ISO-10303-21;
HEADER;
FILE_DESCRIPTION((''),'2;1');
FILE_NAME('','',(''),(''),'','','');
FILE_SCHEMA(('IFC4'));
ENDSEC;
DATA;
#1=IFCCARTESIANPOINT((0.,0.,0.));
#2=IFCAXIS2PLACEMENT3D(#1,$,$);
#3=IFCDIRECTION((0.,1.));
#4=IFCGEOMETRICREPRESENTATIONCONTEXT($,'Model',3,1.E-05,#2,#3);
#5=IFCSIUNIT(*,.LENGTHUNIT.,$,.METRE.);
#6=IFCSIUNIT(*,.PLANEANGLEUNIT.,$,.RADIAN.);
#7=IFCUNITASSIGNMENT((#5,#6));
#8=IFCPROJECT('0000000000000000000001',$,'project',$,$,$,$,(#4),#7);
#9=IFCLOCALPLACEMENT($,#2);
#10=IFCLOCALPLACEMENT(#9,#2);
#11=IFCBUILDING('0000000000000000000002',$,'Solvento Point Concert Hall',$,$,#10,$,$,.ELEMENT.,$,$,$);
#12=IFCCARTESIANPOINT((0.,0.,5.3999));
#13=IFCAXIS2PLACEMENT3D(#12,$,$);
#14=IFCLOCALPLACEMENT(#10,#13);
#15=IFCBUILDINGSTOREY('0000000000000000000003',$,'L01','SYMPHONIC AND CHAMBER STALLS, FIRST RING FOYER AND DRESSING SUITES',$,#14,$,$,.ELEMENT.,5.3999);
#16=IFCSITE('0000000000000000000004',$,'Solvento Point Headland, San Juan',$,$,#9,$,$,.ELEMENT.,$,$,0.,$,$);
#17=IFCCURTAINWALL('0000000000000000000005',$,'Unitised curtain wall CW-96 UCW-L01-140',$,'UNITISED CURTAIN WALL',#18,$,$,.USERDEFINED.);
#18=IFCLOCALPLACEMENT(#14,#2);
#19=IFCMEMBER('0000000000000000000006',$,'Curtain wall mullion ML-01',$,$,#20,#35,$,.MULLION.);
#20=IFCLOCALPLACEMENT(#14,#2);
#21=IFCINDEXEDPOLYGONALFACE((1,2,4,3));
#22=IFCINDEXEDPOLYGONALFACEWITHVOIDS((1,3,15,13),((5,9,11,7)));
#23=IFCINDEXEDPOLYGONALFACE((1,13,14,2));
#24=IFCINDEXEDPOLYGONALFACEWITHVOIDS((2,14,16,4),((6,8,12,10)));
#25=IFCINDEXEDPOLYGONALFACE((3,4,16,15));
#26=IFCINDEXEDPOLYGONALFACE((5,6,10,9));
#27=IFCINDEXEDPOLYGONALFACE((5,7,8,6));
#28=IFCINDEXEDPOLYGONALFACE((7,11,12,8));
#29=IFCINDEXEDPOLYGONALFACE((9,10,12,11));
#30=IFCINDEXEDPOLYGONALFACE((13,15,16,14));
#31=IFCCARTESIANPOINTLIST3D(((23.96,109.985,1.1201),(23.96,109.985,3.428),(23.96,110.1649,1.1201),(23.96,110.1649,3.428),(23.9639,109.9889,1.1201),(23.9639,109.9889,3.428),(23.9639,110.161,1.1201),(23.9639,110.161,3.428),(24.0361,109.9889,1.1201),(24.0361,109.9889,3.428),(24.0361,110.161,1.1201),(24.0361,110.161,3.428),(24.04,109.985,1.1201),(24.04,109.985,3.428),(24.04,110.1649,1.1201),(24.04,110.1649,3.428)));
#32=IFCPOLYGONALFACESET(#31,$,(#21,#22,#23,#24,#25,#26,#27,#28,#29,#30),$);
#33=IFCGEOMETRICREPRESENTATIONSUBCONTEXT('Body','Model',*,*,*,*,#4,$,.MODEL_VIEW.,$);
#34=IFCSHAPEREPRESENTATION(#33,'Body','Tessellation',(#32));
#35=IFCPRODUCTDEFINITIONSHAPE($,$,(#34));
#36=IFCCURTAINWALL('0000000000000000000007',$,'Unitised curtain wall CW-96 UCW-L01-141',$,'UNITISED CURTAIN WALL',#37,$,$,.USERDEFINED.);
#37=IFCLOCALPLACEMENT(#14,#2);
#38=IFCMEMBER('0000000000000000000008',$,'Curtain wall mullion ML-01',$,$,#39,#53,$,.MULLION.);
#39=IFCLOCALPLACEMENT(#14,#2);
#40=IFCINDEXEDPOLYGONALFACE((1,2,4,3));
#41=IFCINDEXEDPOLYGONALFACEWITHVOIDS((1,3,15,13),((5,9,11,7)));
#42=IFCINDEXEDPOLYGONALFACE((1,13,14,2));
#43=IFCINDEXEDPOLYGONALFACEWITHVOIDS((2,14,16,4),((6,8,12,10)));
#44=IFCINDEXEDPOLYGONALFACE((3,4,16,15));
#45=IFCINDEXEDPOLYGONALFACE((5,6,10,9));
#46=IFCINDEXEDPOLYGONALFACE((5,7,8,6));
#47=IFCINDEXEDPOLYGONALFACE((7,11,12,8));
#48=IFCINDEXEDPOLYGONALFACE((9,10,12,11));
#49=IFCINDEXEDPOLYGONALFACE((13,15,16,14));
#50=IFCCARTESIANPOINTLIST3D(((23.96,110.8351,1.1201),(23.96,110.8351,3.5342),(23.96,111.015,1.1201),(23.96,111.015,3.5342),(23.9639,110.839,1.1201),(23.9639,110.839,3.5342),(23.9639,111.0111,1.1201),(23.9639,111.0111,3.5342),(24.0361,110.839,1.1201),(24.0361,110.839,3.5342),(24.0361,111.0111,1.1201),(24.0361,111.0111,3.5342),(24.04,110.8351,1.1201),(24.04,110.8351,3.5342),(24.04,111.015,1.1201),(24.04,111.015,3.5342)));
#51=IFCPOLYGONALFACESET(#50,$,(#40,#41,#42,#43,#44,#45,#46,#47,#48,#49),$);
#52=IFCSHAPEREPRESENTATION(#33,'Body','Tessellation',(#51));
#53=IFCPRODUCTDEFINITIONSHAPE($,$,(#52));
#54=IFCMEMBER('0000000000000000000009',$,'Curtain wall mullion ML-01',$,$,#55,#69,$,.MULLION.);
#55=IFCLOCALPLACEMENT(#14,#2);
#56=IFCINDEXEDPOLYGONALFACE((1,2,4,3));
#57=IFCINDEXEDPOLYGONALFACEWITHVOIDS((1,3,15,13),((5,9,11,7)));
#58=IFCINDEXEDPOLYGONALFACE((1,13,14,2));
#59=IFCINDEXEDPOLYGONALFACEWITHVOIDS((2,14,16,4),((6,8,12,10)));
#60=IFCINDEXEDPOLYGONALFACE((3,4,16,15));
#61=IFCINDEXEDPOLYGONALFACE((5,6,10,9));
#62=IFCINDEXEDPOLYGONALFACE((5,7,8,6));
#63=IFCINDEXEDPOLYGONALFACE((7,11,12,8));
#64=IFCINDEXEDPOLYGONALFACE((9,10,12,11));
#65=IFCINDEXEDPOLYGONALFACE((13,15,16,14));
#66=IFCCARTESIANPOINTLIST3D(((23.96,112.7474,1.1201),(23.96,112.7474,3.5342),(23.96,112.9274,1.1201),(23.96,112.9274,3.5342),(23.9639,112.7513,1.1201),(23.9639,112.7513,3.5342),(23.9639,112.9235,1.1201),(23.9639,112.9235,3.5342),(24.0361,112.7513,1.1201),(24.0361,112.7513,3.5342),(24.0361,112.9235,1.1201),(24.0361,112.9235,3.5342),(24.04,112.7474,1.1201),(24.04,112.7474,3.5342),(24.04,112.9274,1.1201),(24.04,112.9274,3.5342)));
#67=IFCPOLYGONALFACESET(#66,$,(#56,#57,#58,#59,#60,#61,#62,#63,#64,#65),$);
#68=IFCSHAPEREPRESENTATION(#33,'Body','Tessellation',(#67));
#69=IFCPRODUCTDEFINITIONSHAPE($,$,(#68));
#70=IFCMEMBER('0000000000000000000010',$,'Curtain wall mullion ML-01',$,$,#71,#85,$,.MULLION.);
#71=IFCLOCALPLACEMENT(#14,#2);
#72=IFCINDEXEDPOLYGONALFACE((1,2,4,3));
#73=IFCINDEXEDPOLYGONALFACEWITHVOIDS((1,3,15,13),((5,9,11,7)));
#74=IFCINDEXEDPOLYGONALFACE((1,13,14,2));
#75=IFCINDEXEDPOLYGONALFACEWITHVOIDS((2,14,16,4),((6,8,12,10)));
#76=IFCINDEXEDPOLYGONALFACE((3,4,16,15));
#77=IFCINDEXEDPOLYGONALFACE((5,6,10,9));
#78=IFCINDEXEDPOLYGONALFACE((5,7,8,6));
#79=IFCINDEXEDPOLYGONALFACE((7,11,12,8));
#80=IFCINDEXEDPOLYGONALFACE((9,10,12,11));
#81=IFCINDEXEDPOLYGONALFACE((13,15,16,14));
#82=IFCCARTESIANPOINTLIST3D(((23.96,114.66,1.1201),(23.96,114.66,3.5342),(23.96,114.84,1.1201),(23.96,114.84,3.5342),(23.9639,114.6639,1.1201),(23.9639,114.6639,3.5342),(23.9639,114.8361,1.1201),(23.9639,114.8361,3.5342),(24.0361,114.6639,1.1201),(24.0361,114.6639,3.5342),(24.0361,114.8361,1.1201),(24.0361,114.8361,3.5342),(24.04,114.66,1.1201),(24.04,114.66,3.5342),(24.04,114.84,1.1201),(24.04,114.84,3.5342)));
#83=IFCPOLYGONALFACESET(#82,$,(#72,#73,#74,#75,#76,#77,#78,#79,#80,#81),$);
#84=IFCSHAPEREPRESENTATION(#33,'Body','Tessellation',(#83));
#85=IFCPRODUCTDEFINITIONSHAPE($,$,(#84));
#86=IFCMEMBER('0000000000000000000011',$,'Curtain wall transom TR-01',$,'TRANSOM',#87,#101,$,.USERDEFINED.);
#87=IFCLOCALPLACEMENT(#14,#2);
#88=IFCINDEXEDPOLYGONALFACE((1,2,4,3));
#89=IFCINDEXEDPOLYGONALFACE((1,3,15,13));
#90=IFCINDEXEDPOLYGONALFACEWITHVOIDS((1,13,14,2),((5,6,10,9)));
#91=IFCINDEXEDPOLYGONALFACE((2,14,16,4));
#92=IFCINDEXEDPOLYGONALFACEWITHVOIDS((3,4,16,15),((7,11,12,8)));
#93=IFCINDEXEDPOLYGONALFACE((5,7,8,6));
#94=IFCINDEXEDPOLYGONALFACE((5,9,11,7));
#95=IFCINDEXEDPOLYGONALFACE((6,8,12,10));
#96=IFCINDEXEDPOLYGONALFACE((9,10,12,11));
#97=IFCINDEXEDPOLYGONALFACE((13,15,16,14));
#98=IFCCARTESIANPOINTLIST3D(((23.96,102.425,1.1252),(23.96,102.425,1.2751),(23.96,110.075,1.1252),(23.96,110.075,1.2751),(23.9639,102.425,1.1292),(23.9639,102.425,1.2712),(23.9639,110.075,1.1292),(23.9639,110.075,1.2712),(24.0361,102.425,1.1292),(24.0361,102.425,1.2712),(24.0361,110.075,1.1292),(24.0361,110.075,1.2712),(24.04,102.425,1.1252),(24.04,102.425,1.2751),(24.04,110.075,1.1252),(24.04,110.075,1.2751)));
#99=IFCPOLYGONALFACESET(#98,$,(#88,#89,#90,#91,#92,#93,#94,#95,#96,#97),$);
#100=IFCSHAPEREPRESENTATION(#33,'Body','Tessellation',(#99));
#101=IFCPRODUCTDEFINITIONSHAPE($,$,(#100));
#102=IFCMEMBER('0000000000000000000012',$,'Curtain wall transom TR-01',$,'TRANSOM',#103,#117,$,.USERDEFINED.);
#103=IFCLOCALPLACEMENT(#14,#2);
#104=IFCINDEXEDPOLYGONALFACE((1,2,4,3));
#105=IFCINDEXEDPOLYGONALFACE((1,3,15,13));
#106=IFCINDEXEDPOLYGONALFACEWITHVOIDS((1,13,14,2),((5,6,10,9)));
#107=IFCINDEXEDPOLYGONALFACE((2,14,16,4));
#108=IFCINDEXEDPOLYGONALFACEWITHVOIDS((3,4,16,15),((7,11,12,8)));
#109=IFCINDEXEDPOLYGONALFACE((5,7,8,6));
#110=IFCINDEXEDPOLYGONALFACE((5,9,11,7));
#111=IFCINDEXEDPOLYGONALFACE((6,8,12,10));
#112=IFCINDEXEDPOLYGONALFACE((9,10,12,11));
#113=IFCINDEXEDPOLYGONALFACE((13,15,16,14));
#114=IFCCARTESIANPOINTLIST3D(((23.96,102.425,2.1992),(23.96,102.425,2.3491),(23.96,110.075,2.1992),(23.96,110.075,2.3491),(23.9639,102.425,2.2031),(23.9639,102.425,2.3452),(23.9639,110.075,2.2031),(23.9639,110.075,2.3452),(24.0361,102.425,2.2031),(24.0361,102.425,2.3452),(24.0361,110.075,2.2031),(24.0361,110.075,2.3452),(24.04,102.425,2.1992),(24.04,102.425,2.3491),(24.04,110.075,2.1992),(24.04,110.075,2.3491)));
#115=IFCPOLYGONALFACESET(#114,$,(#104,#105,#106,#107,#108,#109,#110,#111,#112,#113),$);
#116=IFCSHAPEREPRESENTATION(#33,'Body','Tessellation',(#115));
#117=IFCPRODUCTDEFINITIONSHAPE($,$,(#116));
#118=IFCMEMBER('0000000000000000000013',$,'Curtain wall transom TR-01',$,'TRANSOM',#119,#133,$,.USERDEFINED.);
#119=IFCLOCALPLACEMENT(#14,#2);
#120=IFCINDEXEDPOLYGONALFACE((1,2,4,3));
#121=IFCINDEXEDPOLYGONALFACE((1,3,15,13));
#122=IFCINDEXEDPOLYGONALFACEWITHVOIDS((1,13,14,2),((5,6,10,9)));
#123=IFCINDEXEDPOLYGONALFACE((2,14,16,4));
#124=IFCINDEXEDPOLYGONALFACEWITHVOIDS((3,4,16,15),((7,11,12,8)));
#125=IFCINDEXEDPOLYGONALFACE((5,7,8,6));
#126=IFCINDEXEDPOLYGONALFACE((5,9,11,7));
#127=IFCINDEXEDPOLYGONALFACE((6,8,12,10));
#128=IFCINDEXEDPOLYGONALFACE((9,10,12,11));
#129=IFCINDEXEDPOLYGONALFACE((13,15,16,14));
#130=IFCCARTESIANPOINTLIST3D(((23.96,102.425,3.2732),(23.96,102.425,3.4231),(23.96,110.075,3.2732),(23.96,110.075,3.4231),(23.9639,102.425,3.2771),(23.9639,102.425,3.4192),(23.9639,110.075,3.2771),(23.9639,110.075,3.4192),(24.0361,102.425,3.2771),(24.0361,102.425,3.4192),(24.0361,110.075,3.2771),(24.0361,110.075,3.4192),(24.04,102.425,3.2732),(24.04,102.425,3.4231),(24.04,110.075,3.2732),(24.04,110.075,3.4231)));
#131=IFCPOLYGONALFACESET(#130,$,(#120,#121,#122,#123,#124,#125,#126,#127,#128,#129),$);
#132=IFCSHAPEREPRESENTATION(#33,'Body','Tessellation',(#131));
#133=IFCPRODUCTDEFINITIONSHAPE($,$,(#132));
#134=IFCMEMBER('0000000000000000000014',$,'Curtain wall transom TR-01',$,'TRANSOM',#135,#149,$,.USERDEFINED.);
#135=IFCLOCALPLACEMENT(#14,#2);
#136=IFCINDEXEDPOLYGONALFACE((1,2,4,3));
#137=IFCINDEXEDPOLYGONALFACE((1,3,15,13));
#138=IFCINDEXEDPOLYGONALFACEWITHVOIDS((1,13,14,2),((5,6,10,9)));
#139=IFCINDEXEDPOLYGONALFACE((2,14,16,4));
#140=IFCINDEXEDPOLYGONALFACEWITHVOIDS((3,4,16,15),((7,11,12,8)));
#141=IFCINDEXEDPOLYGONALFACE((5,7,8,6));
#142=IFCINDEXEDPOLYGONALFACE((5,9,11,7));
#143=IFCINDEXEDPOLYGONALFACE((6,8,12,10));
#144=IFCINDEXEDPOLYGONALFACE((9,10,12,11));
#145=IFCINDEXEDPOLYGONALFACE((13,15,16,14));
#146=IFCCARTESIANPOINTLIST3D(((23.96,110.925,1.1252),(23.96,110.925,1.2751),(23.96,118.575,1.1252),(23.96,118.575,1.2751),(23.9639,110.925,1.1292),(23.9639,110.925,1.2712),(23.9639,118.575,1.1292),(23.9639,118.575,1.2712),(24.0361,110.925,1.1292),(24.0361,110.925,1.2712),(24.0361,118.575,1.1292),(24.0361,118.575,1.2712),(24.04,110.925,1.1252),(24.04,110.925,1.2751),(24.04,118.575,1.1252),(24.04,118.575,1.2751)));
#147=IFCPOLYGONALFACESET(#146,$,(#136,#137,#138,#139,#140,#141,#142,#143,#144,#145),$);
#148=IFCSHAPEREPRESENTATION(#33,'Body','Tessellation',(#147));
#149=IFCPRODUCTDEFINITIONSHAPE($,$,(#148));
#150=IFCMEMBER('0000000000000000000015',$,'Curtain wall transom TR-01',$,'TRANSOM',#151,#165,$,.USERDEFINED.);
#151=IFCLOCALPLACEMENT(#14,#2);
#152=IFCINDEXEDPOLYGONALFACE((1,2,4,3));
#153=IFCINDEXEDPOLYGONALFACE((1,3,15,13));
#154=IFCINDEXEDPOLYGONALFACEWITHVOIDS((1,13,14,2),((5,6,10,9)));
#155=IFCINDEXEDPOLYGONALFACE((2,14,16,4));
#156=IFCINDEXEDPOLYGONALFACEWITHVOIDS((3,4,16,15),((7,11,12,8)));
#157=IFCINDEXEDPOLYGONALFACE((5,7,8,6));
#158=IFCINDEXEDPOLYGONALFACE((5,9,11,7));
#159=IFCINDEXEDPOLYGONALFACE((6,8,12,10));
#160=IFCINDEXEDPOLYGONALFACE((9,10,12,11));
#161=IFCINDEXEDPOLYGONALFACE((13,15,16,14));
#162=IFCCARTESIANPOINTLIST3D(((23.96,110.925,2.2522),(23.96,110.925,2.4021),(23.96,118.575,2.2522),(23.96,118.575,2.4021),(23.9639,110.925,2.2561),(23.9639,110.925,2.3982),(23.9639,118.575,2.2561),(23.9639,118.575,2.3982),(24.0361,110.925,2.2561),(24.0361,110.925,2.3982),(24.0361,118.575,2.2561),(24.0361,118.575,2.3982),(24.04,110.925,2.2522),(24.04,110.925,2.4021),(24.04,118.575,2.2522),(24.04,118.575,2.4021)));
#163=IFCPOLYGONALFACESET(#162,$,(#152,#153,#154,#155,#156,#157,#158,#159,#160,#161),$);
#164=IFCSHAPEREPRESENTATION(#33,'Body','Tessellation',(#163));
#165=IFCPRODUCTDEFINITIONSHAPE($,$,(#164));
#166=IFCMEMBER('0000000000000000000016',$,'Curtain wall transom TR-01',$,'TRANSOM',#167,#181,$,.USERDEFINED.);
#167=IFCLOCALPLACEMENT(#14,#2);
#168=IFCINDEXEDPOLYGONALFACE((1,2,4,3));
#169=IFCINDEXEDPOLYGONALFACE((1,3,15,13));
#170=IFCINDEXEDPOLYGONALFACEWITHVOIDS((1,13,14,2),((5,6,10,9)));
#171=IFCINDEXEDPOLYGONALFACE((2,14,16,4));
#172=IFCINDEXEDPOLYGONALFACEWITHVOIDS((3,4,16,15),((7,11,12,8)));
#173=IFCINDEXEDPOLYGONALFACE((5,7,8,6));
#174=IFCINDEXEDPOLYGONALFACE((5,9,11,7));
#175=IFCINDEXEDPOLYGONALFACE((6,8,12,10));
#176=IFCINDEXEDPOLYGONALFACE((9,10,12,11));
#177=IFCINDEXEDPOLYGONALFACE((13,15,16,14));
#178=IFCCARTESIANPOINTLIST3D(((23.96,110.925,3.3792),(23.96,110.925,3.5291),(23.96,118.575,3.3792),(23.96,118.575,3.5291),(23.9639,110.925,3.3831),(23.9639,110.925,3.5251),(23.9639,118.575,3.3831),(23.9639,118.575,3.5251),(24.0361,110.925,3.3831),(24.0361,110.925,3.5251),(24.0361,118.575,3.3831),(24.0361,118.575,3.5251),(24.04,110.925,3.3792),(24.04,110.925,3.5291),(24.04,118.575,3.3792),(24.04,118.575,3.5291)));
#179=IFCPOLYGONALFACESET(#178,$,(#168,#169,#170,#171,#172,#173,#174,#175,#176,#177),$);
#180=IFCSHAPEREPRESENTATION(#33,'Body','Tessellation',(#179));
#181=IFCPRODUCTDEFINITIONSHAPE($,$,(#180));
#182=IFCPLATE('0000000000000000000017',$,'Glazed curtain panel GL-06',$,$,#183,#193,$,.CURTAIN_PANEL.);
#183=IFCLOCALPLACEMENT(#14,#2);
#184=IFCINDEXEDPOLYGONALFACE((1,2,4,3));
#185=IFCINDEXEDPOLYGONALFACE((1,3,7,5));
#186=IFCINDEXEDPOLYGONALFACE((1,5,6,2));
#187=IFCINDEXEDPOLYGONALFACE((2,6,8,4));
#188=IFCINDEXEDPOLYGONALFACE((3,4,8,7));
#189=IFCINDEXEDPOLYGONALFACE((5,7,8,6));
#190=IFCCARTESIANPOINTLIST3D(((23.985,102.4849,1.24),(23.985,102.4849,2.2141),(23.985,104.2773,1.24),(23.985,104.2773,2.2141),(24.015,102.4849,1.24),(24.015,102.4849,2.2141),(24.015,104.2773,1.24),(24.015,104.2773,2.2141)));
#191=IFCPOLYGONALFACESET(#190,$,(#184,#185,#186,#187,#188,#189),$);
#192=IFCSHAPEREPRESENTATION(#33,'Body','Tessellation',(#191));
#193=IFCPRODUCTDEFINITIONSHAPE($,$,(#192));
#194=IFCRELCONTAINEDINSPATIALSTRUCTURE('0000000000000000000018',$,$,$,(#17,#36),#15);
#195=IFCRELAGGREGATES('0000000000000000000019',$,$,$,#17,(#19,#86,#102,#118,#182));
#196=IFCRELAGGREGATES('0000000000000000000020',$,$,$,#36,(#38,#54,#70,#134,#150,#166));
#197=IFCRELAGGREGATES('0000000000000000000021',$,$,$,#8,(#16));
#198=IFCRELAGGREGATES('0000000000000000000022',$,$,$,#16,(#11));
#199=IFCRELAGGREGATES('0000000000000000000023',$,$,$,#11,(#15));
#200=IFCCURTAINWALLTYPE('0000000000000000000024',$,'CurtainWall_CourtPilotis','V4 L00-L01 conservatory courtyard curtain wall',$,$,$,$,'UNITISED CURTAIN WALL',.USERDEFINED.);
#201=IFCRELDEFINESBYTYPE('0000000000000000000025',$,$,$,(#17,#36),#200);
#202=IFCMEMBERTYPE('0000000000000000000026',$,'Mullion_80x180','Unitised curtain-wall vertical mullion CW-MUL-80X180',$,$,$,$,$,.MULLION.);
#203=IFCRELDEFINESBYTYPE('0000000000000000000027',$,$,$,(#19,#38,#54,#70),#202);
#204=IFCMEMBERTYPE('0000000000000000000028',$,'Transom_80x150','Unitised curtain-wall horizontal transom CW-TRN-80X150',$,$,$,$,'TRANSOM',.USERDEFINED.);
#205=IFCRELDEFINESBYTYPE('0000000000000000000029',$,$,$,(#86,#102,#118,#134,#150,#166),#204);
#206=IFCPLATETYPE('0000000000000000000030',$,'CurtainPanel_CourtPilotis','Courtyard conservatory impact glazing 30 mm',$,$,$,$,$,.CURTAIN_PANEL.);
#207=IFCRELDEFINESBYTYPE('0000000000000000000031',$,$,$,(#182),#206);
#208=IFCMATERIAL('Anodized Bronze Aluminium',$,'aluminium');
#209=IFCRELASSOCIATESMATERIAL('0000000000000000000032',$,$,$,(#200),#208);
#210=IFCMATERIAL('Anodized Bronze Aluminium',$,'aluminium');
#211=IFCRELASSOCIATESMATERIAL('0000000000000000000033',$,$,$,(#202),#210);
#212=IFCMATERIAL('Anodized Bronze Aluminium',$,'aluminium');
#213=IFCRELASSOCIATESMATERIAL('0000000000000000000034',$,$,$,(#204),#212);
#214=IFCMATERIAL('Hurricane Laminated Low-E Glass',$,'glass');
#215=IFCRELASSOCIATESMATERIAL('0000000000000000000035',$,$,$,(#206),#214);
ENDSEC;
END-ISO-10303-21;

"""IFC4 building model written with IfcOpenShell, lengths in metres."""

from ifc_helpers import new_model, si_unit, direction, frame, origin, origin_2d, place, context, subcontext, project, spatial, rectangle, hollow_rectangle, extrude, material, material_profile, profile_set, type_object, element, aggregate, save


model = new_model("IFC4")

# Units and contexts
model_context = context("Model", 3, precision=1e-05, world=origin(), true_north=direction((0.0, 1.0)))
body_context = subcontext(model_context, "Body", "Model", "MODEL_VIEW")
ifc_project = project(units=[si_unit("LENGTHUNIT", "METRE"), si_unit("PLANEANGLEUNIT", "RADIAN")], contexts=[model_context])

# Site, building, storey
site_placement = place(None, origin())
site = spatial("IfcSite", under=ifc_project, at=site_placement, Name="Solvento Point Headland, San Juan", CompositionType="ELEMENT", RefElevation=0.0)
building_placement = place(site_placement, origin())
building = spatial("IfcBuilding", under=site, at=building_placement, Name="Solvento Point Concert Hall", CompositionType="ELEMENT")
storey_placement = place(building_placement, frame((0.0, 0.0, 5.3999)))
storey = spatial("IfcBuildingStorey", under=building, at=storey_placement, Name="L01", Description="SYMPHONIC AND CHAMBER STALLS, FIRST RING FOYER AND DRESSING SUITES", CompositionType="ELEMENT", Elevation=5.3999)

# Curtain walls, members
ifc_material_1 = material(Name="Anodized Bronze Aluminium", Category="aluminium")
curtain_wall_type = type_object("IfcCurtainWallType", Name="CurtainWall_CourtPilotis", Description="V4 L00-L01 conservatory courtyard curtain wall", ElementType="UNITISED CURTAIN WALL", PredefinedType="USERDEFINED", material=ifc_material_1)
curtain_wall_1_placement = place(storey_placement, origin())
curtain_wall_1 = element("IfcCurtainWall", 1, at=curtain_wall_1_placement, inside=storey, type_object=curtain_wall_type, Name="Unitised curtain wall CW-96 UCW-L01-140", ObjectType="UNITISED CURTAIN WALL", PredefinedType="USERDEFINED")
ifc_material_2 = material(Name="Anodized Bronze Aluminium", Category="aluminium")
ifc_material_profile_1 = material_profile(ifc_material_2, hollow_rectangle(XDim=0.0801, YDim=0.1799, WallThickness=0.0039, at=origin_2d()), Name="CW-MUL-80X180")
ifc_profile_set_1 = profile_set([ifc_material_profile_1], Name="Anodized Bronze Aluminium")
member_type_1 = type_object("IfcMemberType", Name="Mullion_80x180", Description="Unitised curtain-wall vertical mullion CW-MUL-80X180", PredefinedType="MULLION", material=ifc_profile_set_1)
member_1_placement = place(storey_placement, frame((24.0, 110.075, 1.1201), z_axis=(0.0, 0.0, 1.0), x_axis=(1.0, 0.0, 0.0)))
member_1 = element("IfcMember", 2, at=member_1_placement, type_object=member_type_1, Name="Curtain wall mullion ML-01", PredefinedType="MULLION", context=body_context, shape_type="SweptSolid", body=[
    extrude(hollow_rectangle(XDim=0.0801, YDim=0.1799, WallThickness=0.0039, at=origin_2d()), origin(), (0.0, 0.0, 1.0), 2.3079),
])
curtain_wall_2_placement = place(storey_placement, origin())
curtain_wall_2 = element("IfcCurtainWall", 3, at=curtain_wall_2_placement, inside=storey, type_object=curtain_wall_type, Name="Unitised curtain wall CW-96 UCW-L01-141", ObjectType="UNITISED CURTAIN WALL", PredefinedType="USERDEFINED")
member_2_placement = place(storey_placement, frame((24.0, 110.925, 1.1201), z_axis=(0.0, 0.0, 1.0), x_axis=(1.0, 0.0, 0.0)))
member_2 = element("IfcMember", 4, at=member_2_placement, type_object=member_type_1, Name="Curtain wall mullion ML-01", PredefinedType="MULLION", context=body_context, shape_type="SweptSolid", body=[
    extrude(hollow_rectangle(XDim=0.0801, YDim=0.1799, WallThickness=0.0039, at=origin_2d()), origin(), (0.0, 0.0, 1.0), 2.4141),
])
member_3_placement = place(storey_placement, frame((24.0, 112.8374, 1.1201), z_axis=(0.0, 0.0, 1.0), x_axis=(1.0, 0.0, 0.0)))
member_3 = element("IfcMember", 5, at=member_3_placement, type_object=member_type_1, Name="Curtain wall mullion ML-01", PredefinedType="MULLION", context=body_context, shape_type="SweptSolid", body=[
    extrude(hollow_rectangle(XDim=0.0801, YDim=0.1799, WallThickness=0.0039, at=origin_2d()), origin(), (0.0, 0.0, 1.0), 2.4141),
])
member_4_placement = place(storey_placement, frame((24.0, 114.75, 1.1201), z_axis=(0.0, 0.0, 1.0), x_axis=(1.0, 0.0, 0.0)))
member_4 = element("IfcMember", 6, at=member_4_placement, type_object=member_type_1, Name="Curtain wall mullion ML-01", PredefinedType="MULLION", context=body_context, shape_type="SweptSolid", body=[
    extrude(hollow_rectangle(XDim=0.0801, YDim=0.1799, WallThickness=0.0039, at=origin_2d()), origin(), (0.0, 0.0, 1.0), 2.4141),
])

# Members
ifc_material_3 = material(Name="Anodized Bronze Aluminium", Category="aluminium")
ifc_material_profile_2 = material_profile(ifc_material_3, hollow_rectangle(XDim=0.0801, YDim=0.1499, WallThickness=0.0039, at=origin_2d()), Name="CW-TRN-80X150")
ifc_profile_set_2 = profile_set([ifc_material_profile_2], Name="Anodized Bronze Aluminium")
member_type_2 = type_object("IfcMemberType", Name="Transom_80x150", Description="Unitised curtain-wall horizontal transom CW-TRN-80X150", ElementType="TRANSOM", PredefinedType="USERDEFINED", material=ifc_profile_set_2)
member_5_placement = place(storey_placement, frame((24.0, 102.425, 1.2002), z_axis=(0.0, 1.0, 0.0), x_axis=(-1.0, 0.0, 0.0)))
member_5 = element("IfcMember", 7, at=member_5_placement, type_object=member_type_2, Name="Curtain wall transom TR-01", ObjectType="TRANSOM", PredefinedType="USERDEFINED", context=body_context, shape_type="SweptSolid", body=[
    extrude(hollow_rectangle(XDim=0.0801, YDim=0.1499, WallThickness=0.0039, at=origin_2d()), origin(), (0.0, 0.0, 1.0), 7.6499),
])
member_6_placement = place(storey_placement, frame((24.0, 102.425, 2.2742), z_axis=(0.0, 1.0, 0.0), x_axis=(-1.0, 0.0, 0.0)))
member_6 = element("IfcMember", 8, at=member_6_placement, type_object=member_type_2, Name="Curtain wall transom TR-01", ObjectType="TRANSOM", PredefinedType="USERDEFINED", context=body_context, shape_type="SweptSolid", body=[
    extrude(hollow_rectangle(XDim=0.0801, YDim=0.1499, WallThickness=0.0039, at=origin_2d()), origin(), (0.0, 0.0, 1.0), 7.6499),
])
member_7_placement = place(storey_placement, frame((24.0, 102.425, 3.3481), z_axis=(0.0, 1.0, 0.0), x_axis=(-1.0, 0.0, 0.0)))
member_7 = element("IfcMember", 9, at=member_7_placement, type_object=member_type_2, Name="Curtain wall transom TR-01", ObjectType="TRANSOM", PredefinedType="USERDEFINED", context=body_context, shape_type="SweptSolid", body=[
    extrude(hollow_rectangle(XDim=0.0801, YDim=0.1499, WallThickness=0.0039, at=origin_2d()), origin(), (0.0, 0.0, 1.0), 7.6499),
])
member_8_placement = place(storey_placement, frame((24.0, 110.925, 1.2002), z_axis=(0.0, 1.0, 0.0), x_axis=(-1.0, 0.0, 0.0)))
member_8 = element("IfcMember", 10, at=member_8_placement, type_object=member_type_2, Name="Curtain wall transom TR-01", ObjectType="TRANSOM", PredefinedType="USERDEFINED", context=body_context, shape_type="SweptSolid", body=[
    extrude(hollow_rectangle(XDim=0.0801, YDim=0.1499, WallThickness=0.0039, at=origin_2d()), origin(), (0.0, 0.0, 1.0), 7.6499),
])
member_9_placement = place(storey_placement, frame((24.0, 110.925, 2.3271), z_axis=(0.0, 1.0, 0.0), x_axis=(-1.0, 0.0, 0.0)))
member_9 = element("IfcMember", 11, at=member_9_placement, type_object=member_type_2, Name="Curtain wall transom TR-01", ObjectType="TRANSOM", PredefinedType="USERDEFINED", context=body_context, shape_type="SweptSolid", body=[
    extrude(hollow_rectangle(XDim=0.0801, YDim=0.1499, WallThickness=0.0039, at=origin_2d()), origin(), (0.0, 0.0, 1.0), 7.6499),
])
member_10_placement = place(storey_placement, frame((24.0, 110.925, 3.4541), z_axis=(0.0, 1.0, 0.0), x_axis=(-1.0, 0.0, 0.0)))
member_10 = element("IfcMember", 12, at=member_10_placement, type_object=member_type_2, Name="Curtain wall transom TR-01", ObjectType="TRANSOM", PredefinedType="USERDEFINED", context=body_context, shape_type="SweptSolid", body=[
    extrude(hollow_rectangle(XDim=0.0801, YDim=0.1499, WallThickness=0.0039, at=origin_2d()), origin(), (0.0, 0.0, 1.0), 7.6499),
])

# Plate
ifc_material_4 = material(Name="Hurricane Laminated Low-E Glass", Category="glass")
plate_type = type_object("IfcPlateType", Name="CurtainPanel_CourtPilotis", Description="Courtyard conservatory impact glazing 30 mm", PredefinedType="CURTAIN_PANEL", material=ifc_material_4)
plate_1_placement = place(storey_placement, frame((24.0, 103.3811, 1.24), z_axis=(0.0, 0.0, 1.0), x_axis=(0.0, 1.0, 0.0)))
plate_1 = element("IfcPlate", 13, at=plate_1_placement, type_object=plate_type, Name="Glazed curtain panel GL-06", PredefinedType="CURTAIN_PANEL", context=body_context, shape_type="SweptSolid", body=[
    extrude(rectangle(XDim=1.7925, YDim=0.03, at=origin_2d()), origin(), (0.0, 0.0, 1.0), 0.9741),
])
aggregate(curtain_wall_1, [member_1, member_5, member_6, member_7, plate_1])
aggregate(curtain_wall_2, [member_2, member_3, member_4, member_8, member_9, member_10])

save(model, "model.ifc")
